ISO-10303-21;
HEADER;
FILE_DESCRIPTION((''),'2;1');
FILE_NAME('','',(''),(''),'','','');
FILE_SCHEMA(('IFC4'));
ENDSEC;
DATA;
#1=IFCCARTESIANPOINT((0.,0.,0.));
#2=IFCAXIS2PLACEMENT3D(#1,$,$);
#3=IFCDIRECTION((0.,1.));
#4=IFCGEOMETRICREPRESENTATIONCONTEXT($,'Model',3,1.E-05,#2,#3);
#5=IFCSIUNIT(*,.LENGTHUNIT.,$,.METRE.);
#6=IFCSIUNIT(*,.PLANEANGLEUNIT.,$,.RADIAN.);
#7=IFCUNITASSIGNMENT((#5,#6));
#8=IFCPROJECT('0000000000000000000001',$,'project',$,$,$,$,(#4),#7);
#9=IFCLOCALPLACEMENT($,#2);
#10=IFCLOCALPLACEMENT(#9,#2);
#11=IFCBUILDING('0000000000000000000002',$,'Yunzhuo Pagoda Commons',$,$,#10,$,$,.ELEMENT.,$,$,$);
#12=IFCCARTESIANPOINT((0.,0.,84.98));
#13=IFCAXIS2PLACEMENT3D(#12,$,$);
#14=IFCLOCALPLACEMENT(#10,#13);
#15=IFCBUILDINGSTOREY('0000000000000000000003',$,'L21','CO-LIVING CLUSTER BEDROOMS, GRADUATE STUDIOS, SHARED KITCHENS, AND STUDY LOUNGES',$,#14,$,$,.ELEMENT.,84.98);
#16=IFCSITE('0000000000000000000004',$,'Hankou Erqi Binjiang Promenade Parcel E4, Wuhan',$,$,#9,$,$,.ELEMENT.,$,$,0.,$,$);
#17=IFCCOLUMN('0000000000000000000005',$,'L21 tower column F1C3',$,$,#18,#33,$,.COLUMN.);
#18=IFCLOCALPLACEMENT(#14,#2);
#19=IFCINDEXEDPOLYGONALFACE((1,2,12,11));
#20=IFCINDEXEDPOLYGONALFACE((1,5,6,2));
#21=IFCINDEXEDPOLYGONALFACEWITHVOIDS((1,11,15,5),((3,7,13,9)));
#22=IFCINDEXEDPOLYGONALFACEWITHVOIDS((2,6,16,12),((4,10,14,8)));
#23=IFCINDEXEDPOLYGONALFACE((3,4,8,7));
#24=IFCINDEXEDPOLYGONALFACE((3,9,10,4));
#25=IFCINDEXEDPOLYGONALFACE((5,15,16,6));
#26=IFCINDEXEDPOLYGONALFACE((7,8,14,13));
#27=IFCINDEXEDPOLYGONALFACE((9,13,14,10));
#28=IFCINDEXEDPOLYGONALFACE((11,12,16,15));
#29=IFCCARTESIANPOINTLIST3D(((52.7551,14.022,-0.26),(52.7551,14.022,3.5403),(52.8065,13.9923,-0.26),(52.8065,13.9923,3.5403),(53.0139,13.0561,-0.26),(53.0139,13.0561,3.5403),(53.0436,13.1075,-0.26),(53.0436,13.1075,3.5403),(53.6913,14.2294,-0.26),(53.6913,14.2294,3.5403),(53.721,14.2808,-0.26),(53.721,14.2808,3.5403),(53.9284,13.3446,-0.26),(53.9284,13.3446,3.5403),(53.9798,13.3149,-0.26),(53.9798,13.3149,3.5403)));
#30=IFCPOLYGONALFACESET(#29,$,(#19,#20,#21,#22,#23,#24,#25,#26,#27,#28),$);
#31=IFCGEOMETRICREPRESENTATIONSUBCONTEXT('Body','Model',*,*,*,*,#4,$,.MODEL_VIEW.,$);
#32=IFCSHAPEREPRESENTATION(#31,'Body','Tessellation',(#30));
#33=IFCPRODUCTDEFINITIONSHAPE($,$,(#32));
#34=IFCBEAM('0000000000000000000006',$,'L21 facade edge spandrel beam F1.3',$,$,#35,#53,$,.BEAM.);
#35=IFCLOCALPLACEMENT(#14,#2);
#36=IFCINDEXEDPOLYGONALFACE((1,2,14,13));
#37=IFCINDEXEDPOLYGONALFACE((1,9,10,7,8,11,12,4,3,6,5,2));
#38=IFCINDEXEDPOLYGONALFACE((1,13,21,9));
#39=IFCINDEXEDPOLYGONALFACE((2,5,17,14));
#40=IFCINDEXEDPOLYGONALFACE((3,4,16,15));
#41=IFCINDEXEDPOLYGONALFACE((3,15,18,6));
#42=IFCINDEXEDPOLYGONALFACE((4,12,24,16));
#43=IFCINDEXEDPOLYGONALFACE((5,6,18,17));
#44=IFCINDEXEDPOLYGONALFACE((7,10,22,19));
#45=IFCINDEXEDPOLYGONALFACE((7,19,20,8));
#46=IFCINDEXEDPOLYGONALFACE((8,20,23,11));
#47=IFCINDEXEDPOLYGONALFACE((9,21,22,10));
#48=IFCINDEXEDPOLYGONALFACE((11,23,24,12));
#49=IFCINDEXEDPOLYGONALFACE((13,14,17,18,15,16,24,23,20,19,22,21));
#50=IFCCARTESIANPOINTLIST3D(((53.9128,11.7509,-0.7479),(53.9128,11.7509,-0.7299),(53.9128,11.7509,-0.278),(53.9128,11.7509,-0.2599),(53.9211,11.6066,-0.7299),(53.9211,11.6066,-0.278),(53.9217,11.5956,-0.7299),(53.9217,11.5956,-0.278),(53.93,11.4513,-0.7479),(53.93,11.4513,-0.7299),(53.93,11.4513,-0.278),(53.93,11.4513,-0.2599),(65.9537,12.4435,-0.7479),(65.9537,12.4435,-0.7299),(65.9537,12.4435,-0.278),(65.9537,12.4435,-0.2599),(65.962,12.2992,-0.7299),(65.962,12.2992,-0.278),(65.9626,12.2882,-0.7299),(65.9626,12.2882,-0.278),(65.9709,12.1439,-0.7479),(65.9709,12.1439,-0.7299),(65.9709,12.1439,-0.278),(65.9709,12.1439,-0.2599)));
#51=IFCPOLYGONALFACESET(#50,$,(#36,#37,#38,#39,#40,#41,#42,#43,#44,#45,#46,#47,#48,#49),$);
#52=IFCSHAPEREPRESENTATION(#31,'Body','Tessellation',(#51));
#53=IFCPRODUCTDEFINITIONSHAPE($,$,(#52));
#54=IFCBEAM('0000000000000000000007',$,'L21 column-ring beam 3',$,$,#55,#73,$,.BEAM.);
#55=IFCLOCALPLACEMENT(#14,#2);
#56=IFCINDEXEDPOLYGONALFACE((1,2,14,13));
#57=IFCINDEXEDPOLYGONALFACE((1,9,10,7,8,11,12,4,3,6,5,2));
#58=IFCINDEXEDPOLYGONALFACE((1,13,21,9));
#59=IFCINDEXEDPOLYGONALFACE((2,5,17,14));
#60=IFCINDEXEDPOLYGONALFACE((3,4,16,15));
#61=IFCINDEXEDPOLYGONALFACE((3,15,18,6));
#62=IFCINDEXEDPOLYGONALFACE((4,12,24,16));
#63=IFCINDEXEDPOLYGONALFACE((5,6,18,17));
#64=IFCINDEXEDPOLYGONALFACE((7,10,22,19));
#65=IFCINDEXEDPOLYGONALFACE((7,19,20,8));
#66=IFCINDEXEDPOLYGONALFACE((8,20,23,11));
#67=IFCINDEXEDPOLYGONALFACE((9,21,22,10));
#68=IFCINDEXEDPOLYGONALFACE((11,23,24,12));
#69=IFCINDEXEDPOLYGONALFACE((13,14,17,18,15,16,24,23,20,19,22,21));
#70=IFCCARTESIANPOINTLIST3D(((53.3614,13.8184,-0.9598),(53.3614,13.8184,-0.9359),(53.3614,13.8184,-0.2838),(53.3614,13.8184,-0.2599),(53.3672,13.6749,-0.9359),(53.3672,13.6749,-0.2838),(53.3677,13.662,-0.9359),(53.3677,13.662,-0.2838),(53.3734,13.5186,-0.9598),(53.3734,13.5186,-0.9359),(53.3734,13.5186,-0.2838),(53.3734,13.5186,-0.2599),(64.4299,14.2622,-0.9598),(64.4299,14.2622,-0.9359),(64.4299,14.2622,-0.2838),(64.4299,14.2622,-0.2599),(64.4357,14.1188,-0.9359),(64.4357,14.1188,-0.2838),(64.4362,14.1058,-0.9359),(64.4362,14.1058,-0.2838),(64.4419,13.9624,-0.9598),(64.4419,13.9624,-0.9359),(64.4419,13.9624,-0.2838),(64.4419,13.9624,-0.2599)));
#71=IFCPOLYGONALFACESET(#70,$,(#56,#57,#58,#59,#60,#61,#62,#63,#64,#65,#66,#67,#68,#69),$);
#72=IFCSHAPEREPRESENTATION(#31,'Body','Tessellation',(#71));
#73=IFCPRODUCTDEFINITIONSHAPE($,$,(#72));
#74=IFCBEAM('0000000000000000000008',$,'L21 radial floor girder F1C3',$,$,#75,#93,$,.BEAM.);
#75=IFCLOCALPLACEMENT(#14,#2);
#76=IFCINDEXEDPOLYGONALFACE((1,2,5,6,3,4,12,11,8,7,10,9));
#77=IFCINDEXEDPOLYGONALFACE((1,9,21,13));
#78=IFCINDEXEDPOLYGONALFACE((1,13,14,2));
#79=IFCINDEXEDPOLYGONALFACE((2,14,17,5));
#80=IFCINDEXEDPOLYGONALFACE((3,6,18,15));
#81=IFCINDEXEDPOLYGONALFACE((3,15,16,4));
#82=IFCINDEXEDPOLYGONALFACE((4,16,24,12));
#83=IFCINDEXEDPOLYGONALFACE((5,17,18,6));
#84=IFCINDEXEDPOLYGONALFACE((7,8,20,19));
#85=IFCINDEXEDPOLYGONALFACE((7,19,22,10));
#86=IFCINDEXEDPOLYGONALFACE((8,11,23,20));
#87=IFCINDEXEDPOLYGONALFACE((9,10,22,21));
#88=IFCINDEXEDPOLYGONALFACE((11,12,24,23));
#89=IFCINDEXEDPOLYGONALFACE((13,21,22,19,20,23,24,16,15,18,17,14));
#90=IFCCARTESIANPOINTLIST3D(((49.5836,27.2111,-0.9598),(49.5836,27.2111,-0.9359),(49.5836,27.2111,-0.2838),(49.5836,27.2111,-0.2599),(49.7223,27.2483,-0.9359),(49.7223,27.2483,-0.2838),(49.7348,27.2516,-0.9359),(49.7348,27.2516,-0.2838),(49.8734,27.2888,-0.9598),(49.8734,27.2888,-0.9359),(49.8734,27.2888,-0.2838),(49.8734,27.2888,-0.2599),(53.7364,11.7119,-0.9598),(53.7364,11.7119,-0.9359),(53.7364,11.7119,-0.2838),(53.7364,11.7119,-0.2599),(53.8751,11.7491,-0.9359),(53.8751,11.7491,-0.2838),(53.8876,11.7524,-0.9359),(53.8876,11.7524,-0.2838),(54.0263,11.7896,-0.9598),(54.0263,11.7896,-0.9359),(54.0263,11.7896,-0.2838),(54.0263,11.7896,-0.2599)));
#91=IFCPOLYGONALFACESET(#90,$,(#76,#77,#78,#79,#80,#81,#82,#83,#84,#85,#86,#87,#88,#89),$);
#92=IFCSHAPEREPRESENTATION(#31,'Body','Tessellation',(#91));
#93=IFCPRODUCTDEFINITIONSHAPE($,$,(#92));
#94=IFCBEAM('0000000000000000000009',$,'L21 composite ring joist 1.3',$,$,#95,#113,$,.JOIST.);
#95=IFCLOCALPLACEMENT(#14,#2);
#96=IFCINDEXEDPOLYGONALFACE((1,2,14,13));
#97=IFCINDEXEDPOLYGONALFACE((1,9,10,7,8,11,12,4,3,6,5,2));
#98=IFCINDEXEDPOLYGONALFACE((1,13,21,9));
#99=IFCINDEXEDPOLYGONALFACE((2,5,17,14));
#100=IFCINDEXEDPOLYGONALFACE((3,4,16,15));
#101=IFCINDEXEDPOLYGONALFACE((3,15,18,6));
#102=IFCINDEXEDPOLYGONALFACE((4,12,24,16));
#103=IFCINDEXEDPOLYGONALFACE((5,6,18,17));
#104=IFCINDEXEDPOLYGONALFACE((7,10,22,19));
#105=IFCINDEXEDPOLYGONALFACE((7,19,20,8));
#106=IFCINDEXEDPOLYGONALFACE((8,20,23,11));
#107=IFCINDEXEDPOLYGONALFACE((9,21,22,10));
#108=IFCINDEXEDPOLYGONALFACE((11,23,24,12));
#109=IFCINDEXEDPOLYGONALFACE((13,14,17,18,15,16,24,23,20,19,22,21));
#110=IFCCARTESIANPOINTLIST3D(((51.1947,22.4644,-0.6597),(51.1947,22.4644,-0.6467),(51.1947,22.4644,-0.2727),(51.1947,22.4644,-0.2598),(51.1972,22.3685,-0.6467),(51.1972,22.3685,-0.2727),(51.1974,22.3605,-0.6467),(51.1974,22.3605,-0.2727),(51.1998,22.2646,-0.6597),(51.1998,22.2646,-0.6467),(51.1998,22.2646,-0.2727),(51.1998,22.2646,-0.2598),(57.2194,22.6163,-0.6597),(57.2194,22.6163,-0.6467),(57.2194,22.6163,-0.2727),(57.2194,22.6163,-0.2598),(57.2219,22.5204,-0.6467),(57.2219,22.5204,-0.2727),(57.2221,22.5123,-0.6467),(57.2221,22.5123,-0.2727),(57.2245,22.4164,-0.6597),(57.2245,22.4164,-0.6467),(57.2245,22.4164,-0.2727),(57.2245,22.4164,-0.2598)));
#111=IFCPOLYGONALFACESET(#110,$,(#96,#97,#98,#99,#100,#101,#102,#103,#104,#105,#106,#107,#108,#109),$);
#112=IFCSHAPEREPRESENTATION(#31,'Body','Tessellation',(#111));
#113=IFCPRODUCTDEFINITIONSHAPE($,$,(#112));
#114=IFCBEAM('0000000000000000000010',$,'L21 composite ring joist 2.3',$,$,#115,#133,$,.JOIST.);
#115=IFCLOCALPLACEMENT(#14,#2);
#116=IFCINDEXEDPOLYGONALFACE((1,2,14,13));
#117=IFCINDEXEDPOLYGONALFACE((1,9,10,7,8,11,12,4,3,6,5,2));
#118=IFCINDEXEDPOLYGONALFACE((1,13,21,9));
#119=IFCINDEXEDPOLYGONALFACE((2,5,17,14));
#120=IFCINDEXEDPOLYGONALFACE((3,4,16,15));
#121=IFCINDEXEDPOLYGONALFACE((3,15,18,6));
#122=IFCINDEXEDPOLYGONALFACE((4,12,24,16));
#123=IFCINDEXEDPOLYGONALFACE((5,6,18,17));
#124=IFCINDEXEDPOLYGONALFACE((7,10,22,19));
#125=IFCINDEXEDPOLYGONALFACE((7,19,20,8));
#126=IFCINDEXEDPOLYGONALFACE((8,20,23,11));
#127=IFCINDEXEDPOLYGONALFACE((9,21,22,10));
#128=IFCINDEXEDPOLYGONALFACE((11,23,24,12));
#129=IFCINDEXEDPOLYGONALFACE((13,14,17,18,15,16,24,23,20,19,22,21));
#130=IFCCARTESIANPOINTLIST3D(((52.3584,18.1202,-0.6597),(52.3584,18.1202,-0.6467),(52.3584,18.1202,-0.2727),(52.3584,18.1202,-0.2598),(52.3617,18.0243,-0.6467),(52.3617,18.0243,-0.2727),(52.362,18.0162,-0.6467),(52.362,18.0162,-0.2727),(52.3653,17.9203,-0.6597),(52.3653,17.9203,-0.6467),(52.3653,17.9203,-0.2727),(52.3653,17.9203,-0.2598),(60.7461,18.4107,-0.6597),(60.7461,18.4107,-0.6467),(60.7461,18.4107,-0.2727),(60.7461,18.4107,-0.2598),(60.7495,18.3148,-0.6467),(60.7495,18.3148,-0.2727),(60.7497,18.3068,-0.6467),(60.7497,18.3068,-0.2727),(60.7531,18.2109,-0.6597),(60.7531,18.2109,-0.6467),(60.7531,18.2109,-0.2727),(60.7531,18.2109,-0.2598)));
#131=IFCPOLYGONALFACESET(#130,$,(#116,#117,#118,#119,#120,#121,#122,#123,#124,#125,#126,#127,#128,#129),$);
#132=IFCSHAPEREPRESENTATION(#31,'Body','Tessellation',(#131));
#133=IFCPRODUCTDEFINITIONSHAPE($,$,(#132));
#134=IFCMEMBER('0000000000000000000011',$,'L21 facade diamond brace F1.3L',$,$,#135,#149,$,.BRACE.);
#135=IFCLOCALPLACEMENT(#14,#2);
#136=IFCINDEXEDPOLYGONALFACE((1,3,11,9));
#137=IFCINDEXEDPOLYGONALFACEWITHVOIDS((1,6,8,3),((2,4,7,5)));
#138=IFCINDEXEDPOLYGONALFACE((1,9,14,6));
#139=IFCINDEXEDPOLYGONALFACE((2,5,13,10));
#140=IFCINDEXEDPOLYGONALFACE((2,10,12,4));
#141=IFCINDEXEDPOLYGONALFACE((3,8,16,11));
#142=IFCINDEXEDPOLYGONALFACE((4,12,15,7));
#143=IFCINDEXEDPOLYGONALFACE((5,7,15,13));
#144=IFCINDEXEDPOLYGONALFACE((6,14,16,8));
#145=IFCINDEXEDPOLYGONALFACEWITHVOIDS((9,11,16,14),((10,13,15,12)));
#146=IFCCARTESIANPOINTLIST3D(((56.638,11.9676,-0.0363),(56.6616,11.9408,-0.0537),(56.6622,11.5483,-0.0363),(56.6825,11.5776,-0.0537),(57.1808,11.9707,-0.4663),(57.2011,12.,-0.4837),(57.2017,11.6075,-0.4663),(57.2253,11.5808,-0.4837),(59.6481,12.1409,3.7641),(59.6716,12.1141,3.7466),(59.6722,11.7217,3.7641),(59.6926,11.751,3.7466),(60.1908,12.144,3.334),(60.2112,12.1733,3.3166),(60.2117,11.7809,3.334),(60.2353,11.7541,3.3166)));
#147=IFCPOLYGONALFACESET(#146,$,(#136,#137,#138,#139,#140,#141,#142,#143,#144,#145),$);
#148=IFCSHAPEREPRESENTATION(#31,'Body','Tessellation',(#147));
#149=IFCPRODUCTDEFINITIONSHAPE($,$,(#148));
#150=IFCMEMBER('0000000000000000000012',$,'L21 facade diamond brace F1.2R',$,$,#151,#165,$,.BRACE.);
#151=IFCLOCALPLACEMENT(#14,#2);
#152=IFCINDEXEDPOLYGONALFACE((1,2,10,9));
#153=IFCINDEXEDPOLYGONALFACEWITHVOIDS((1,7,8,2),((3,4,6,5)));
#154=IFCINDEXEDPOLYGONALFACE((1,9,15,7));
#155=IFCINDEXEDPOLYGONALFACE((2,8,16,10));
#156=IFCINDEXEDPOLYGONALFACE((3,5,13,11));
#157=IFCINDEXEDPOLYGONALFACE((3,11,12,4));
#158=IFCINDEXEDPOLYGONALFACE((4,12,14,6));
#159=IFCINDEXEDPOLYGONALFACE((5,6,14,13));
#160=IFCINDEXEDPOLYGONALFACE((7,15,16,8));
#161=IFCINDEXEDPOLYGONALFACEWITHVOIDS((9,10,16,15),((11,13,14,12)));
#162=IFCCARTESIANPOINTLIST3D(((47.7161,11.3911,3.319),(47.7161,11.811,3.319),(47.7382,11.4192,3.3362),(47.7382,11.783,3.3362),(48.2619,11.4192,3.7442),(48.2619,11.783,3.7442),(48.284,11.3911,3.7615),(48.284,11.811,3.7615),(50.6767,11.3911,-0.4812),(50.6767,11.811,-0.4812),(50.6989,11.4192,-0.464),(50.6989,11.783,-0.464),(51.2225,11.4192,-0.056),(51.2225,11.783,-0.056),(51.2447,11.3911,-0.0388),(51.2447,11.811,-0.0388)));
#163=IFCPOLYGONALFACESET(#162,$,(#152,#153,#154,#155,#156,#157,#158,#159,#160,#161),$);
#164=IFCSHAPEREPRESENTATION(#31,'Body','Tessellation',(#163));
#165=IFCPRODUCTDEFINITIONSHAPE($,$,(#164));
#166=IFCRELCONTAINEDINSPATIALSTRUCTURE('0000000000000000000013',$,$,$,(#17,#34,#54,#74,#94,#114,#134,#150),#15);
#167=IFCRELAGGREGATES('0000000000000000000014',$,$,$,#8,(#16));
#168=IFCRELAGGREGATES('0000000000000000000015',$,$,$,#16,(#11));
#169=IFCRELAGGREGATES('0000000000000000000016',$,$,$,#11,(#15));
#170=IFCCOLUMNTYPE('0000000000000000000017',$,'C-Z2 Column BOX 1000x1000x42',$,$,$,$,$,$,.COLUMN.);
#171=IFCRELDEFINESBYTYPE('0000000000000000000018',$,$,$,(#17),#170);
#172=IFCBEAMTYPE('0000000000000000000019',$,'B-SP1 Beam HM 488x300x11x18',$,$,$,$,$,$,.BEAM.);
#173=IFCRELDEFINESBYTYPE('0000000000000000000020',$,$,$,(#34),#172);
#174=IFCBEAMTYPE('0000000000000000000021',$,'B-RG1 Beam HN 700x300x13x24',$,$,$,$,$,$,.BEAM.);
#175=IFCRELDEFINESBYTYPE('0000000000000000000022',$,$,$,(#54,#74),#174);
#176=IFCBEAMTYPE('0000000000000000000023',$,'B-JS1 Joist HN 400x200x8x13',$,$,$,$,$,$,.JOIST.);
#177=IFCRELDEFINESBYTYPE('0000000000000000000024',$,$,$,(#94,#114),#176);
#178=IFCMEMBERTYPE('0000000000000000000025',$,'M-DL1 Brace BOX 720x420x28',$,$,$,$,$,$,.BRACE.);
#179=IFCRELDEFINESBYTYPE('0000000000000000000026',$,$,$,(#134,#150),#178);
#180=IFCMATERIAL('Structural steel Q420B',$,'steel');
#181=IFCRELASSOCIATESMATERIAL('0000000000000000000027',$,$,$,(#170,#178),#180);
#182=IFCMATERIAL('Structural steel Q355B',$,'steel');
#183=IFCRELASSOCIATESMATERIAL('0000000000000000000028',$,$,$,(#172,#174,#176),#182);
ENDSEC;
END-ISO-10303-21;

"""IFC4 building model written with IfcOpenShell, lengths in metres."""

from ifc_helpers import new_model, si_unit, direction, frame, origin, origin_2d, place, context, subcontext, project, spatial, hollow_rectangle, i_section, extrude, source, transform, mapped, material, material_profile, profile_set, type_object, element, save


model = new_model("IFC4")

# Units and contexts
model_context = context("Model", 3, precision=1e-05, world=origin(), true_north=direction((0.0, 1.0)))
body_context = subcontext(model_context, "Body", "Model", "MODEL_VIEW")
ifc_project = project(units=[si_unit("LENGTHUNIT", "METRE"), si_unit("PLANEANGLEUNIT", "RADIAN")], contexts=[model_context])

# Site, building, storey
site_placement = place(None, origin())
site = spatial("IfcSite", under=ifc_project, at=site_placement, Name="Hankou Erqi Binjiang Promenade Parcel E4, Wuhan", CompositionType="ELEMENT", RefElevation=0.0)
building_placement = place(site_placement, origin())
building = spatial("IfcBuilding", under=site, at=building_placement, Name="Yunzhuo Pagoda Commons", CompositionType="ELEMENT")
storey_placement = place(building_placement, frame((0.0, 0.0, 84.98)))
storey = spatial("IfcBuildingStorey", under=building, at=storey_placement, Name="L21", Description="CO-LIVING CLUSTER BEDROOMS, GRADUATE STUDIOS, SHARED KITCHENS, AND STUDY LOUNGES", CompositionType="ELEMENT", Elevation=84.98)

# Column
ifc_material_1 = material(Name="Structural steel Q420B", Category="steel")
ifc_material_profile_1 = material_profile(ifc_material_1, hollow_rectangle(XDim=1.0, YDim=1.0, WallThickness=0.042, at=origin_2d()), Name="Structural steel Q420B")
ifc_profile_set_1 = profile_set([ifc_material_profile_1], Name="Structural steel Q420B")
column_type = type_object("IfcColumnType", Name="C-Z2 Column BOX 1000x1000x42", PredefinedType="COLUMN", material=ifc_profile_set_1)
shared_shape_1 = source(origin(), body_context, "Body", "SweptSolid", [
    extrude(hollow_rectangle(XDim=1.0, YDim=1.0, WallThickness=0.042, at=origin_2d()), origin(), (0.0, 0.0, 1.0), 3.8003),
])
column_placement = place(storey_placement, frame((53.3674, 13.6685, -0.26), z_axis=(0.0, 0.0, 1.0), x_axis=(0.965926, 0.258819, 0.0)))
element("IfcColumn", 1, at=column_placement, inside=storey, type_object=column_type, Name="L21 tower column F1C3", PredefinedType="COLUMN", context=body_context, shape_type="MappedRepresentation", body=[
    mapped(shared_shape_1, transform((0.0, 0.0, 0.0), scale=1.0)),
])

# Beams
ifc_material_2 = material(Name="Structural steel Q355B", Category="steel")
ifc_material_profile_2 = material_profile(ifc_material_2, i_section(OverallWidth=0.3, OverallDepth=0.488, WebThickness=0.011, FlangeThickness=0.0181, at=origin_2d()), Name="Structural steel Q355B")
ifc_profile_set_2 = profile_set([ifc_material_profile_2], Name="Structural steel Q355B")
beam_type_1 = type_object("IfcBeamType", Name="B-SP1 Beam HM 488x300x11x18", PredefinedType="BEAM", material=ifc_profile_set_2)
shared_shape_2 = source(origin(), body_context, "Body", "SweptSolid", [
    extrude(i_section(OverallWidth=0.3, OverallDepth=0.488, WebThickness=0.011, FlangeThickness=0.0181, at=origin_2d()), origin(), (0.0, 0.0, 1.0), 12.0608),
])
beam_1_placement = place(storey_placement, frame((53.9214, 11.6011, -0.5039), z_axis=(0.99835, 0.057429, 0.0), x_axis=(-0.057429, 0.99835, 0.0)))
element("IfcBeam", 2, at=beam_1_placement, inside=storey, type_object=beam_type_1, Name="L21 facade edge spandrel beam F1.3", PredefinedType="BEAM", context=body_context, shape_type="MappedRepresentation", body=[
    mapped(shared_shape_2, transform((0.0, 0.0, 0.0), scale=1.0)),
])
ifc_material_profile_3 = material_profile(ifc_material_2, i_section(OverallWidth=0.3, OverallDepth=0.7, WebThickness=0.0129, FlangeThickness=0.0239, at=origin_2d()), Name="Structural steel Q355B")
ifc_profile_set_3 = profile_set([ifc_material_profile_3], Name="Structural steel Q355B")
beam_type_2 = type_object("IfcBeamType", Name="B-RG1 Beam HN 700x300x13x24", PredefinedType="BEAM", material=ifc_profile_set_3)
shared_shape_3 = source(origin(), body_context, "Body", "SweptSolid", [
    extrude(i_section(OverallWidth=0.3, OverallDepth=0.7, WebThickness=0.0129, FlangeThickness=0.0239, at=origin_2d()), origin(), (0.0, 0.0, 1.0), 11.0774),
])
beam_2_placement = place(storey_placement, frame((53.3674, 13.6685, -0.6099), z_axis=(0.999197, 0.040067, 0.0), x_axis=(-0.040067, 0.999197, 0.0)))
element("IfcBeam", 3, at=beam_2_placement, inside=storey, type_object=beam_type_2, Name="L21 column-ring beam 3", PredefinedType="BEAM", context=body_context, shape_type="MappedRepresentation", body=[
    mapped(shared_shape_3, transform((0.0, 0.0, 0.0), scale=1.0)),
])
shared_shape_4 = source(origin(), body_context, "Body", "SweptSolid", [
    extrude(i_section(OverallWidth=0.3, OverallDepth=0.7, WebThickness=0.0129, FlangeThickness=0.0239, at=origin_2d()), origin(), (0.0, 0.0, 1.0), 16.0459),
])
beam_3_placement = place(storey_placement, frame((53.8813, 11.7507, -0.6099), z_axis=(-0.258808, 0.965929, 0.0), x_axis=(-0.965929, -0.258808, 0.0)))
element("IfcBeam", 4, at=beam_3_placement, inside=storey, type_object=beam_type_2, Name="L21 radial floor girder F1C3", PredefinedType="BEAM", context=body_context, shape_type="MappedRepresentation", body=[
    mapped(shared_shape_4, transform((0.0, 0.0, 0.0), scale=1.0)),
])
ifc_material_profile_4 = material_profile(ifc_material_2, i_section(OverallWidth=0.2, OverallDepth=0.3999, WebThickness=0.0081, FlangeThickness=0.0129, at=origin_2d()), Name="Structural steel Q355B")
ifc_profile_set_4 = profile_set([ifc_material_profile_4], Name="Structural steel Q355B")
beam_type_3 = type_object("IfcBeamType", Name="B-JS1 Joist HN 400x200x8x13", PredefinedType="JOIST", material=ifc_profile_set_4)
shared_shape_5 = source(origin(), body_context, "Body", "SweptSolid", [
    extrude(i_section(OverallWidth=0.2, OverallDepth=0.3999, WebThickness=0.0081, FlangeThickness=0.0129, at=origin_2d()), origin(), (0.0, 0.0, 1.0), 6.0266),
])
beam_4_placement = place(storey_placement, frame((51.1973, 22.3645, -0.4597), z_axis=(0.999682, 0.025198, 0.0), x_axis=(-0.025198, 0.999682, 0.0)))
element("IfcBeam", 5, at=beam_4_placement, inside=storey, type_object=beam_type_3, Name="L21 composite ring joist 1.3", PredefinedType="JOIST", context=body_context, shape_type="MappedRepresentation", body=[
    mapped(shared_shape_5, transform((0.0, 0.0, 0.0), scale=1.0)),
])
shared_shape_6 = source(origin(), body_context, "Body", "SweptSolid", [
    extrude(i_section(OverallWidth=0.2, OverallDepth=0.3999, WebThickness=0.0081, FlangeThickness=0.0129, at=origin_2d()), origin(), (0.0, 0.0, 1.0), 8.3928),
])
beam_5_placement = place(storey_placement, frame((52.3618, 18.0203, -0.4597), z_axis=(0.999401, 0.034617, 0.0), x_axis=(-0.034617, 0.999401, 0.0)))
element("IfcBeam", 6, at=beam_5_placement, inside=storey, type_object=beam_type_3, Name="L21 composite ring joist 2.3", PredefinedType="JOIST", context=body_context, shape_type="MappedRepresentation", body=[
    mapped(shared_shape_6, transform((0.0, 0.0, 0.0), scale=1.0)),
])

# Members
ifc_material_profile_5 = material_profile(ifc_material_1, hollow_rectangle(XDim=0.4199, YDim=0.72, WallThickness=0.0281, at=origin_2d()), Name="Structural steel Q420B")
ifc_profile_set_5 = profile_set([ifc_material_profile_5], Name="Structural steel Q420B")
member_type_1 = type_object("IfcMemberType", Name="M-DL1 Brace BOX 720x420x28", PredefinedType="BRACE", material=ifc_profile_set_5)
shared_shape_7 = source(origin(), body_context, "Body", "SweptSolid", [
    extrude(hollow_rectangle(XDim=0.4199, YDim=0.72, WallThickness=0.0281, at=origin_2d()), origin(), (0.0, 0.0, 1.0), 4.8511),
])
member_1_placement = place(storey_placement, frame((56.9316, 11.7742, -0.26), z_axis=(0.62049, 0.035733, 0.7834), x_axis=(-0.057493, 0.998346, 0.0)))
element("IfcMember", 7, at=member_1_placement, inside=storey, type_object=member_type_1, Name="L21 facade diamond brace F1.3L", PredefinedType="BRACE", context=body_context, shape_type="MappedRepresentation", body=[
    mapped(shared_shape_7, transform((0.0, 0.0, 0.0), scale=1.0)),
])
shared_shape_8 = source(origin(), body_context, "Body", "SweptSolid", [
    extrude(hollow_rectangle(XDim=0.4199, YDim=0.72, WallThickness=0.0281, at=origin_2d()), origin(), (0.0, 0.0, 1.0), 4.8174),
])
member_2_placement = place(storey_placement, frame((50.9607, 11.6011, -0.26), z_axis=(-0.614575, 0.0, 0.788858), x_axis=(0.0, -1.0, 0.0)))
element("IfcMember", 8, at=member_2_placement, inside=storey, type_object=member_type_1, Name="L21 facade diamond brace F1.2R", PredefinedType="BRACE", context=body_context, shape_type="MappedRepresentation", body=[
    mapped(shared_shape_8, transform((0.0, 0.0, 0.0), scale=1.0)),
])

save(model, "model.ifc")
